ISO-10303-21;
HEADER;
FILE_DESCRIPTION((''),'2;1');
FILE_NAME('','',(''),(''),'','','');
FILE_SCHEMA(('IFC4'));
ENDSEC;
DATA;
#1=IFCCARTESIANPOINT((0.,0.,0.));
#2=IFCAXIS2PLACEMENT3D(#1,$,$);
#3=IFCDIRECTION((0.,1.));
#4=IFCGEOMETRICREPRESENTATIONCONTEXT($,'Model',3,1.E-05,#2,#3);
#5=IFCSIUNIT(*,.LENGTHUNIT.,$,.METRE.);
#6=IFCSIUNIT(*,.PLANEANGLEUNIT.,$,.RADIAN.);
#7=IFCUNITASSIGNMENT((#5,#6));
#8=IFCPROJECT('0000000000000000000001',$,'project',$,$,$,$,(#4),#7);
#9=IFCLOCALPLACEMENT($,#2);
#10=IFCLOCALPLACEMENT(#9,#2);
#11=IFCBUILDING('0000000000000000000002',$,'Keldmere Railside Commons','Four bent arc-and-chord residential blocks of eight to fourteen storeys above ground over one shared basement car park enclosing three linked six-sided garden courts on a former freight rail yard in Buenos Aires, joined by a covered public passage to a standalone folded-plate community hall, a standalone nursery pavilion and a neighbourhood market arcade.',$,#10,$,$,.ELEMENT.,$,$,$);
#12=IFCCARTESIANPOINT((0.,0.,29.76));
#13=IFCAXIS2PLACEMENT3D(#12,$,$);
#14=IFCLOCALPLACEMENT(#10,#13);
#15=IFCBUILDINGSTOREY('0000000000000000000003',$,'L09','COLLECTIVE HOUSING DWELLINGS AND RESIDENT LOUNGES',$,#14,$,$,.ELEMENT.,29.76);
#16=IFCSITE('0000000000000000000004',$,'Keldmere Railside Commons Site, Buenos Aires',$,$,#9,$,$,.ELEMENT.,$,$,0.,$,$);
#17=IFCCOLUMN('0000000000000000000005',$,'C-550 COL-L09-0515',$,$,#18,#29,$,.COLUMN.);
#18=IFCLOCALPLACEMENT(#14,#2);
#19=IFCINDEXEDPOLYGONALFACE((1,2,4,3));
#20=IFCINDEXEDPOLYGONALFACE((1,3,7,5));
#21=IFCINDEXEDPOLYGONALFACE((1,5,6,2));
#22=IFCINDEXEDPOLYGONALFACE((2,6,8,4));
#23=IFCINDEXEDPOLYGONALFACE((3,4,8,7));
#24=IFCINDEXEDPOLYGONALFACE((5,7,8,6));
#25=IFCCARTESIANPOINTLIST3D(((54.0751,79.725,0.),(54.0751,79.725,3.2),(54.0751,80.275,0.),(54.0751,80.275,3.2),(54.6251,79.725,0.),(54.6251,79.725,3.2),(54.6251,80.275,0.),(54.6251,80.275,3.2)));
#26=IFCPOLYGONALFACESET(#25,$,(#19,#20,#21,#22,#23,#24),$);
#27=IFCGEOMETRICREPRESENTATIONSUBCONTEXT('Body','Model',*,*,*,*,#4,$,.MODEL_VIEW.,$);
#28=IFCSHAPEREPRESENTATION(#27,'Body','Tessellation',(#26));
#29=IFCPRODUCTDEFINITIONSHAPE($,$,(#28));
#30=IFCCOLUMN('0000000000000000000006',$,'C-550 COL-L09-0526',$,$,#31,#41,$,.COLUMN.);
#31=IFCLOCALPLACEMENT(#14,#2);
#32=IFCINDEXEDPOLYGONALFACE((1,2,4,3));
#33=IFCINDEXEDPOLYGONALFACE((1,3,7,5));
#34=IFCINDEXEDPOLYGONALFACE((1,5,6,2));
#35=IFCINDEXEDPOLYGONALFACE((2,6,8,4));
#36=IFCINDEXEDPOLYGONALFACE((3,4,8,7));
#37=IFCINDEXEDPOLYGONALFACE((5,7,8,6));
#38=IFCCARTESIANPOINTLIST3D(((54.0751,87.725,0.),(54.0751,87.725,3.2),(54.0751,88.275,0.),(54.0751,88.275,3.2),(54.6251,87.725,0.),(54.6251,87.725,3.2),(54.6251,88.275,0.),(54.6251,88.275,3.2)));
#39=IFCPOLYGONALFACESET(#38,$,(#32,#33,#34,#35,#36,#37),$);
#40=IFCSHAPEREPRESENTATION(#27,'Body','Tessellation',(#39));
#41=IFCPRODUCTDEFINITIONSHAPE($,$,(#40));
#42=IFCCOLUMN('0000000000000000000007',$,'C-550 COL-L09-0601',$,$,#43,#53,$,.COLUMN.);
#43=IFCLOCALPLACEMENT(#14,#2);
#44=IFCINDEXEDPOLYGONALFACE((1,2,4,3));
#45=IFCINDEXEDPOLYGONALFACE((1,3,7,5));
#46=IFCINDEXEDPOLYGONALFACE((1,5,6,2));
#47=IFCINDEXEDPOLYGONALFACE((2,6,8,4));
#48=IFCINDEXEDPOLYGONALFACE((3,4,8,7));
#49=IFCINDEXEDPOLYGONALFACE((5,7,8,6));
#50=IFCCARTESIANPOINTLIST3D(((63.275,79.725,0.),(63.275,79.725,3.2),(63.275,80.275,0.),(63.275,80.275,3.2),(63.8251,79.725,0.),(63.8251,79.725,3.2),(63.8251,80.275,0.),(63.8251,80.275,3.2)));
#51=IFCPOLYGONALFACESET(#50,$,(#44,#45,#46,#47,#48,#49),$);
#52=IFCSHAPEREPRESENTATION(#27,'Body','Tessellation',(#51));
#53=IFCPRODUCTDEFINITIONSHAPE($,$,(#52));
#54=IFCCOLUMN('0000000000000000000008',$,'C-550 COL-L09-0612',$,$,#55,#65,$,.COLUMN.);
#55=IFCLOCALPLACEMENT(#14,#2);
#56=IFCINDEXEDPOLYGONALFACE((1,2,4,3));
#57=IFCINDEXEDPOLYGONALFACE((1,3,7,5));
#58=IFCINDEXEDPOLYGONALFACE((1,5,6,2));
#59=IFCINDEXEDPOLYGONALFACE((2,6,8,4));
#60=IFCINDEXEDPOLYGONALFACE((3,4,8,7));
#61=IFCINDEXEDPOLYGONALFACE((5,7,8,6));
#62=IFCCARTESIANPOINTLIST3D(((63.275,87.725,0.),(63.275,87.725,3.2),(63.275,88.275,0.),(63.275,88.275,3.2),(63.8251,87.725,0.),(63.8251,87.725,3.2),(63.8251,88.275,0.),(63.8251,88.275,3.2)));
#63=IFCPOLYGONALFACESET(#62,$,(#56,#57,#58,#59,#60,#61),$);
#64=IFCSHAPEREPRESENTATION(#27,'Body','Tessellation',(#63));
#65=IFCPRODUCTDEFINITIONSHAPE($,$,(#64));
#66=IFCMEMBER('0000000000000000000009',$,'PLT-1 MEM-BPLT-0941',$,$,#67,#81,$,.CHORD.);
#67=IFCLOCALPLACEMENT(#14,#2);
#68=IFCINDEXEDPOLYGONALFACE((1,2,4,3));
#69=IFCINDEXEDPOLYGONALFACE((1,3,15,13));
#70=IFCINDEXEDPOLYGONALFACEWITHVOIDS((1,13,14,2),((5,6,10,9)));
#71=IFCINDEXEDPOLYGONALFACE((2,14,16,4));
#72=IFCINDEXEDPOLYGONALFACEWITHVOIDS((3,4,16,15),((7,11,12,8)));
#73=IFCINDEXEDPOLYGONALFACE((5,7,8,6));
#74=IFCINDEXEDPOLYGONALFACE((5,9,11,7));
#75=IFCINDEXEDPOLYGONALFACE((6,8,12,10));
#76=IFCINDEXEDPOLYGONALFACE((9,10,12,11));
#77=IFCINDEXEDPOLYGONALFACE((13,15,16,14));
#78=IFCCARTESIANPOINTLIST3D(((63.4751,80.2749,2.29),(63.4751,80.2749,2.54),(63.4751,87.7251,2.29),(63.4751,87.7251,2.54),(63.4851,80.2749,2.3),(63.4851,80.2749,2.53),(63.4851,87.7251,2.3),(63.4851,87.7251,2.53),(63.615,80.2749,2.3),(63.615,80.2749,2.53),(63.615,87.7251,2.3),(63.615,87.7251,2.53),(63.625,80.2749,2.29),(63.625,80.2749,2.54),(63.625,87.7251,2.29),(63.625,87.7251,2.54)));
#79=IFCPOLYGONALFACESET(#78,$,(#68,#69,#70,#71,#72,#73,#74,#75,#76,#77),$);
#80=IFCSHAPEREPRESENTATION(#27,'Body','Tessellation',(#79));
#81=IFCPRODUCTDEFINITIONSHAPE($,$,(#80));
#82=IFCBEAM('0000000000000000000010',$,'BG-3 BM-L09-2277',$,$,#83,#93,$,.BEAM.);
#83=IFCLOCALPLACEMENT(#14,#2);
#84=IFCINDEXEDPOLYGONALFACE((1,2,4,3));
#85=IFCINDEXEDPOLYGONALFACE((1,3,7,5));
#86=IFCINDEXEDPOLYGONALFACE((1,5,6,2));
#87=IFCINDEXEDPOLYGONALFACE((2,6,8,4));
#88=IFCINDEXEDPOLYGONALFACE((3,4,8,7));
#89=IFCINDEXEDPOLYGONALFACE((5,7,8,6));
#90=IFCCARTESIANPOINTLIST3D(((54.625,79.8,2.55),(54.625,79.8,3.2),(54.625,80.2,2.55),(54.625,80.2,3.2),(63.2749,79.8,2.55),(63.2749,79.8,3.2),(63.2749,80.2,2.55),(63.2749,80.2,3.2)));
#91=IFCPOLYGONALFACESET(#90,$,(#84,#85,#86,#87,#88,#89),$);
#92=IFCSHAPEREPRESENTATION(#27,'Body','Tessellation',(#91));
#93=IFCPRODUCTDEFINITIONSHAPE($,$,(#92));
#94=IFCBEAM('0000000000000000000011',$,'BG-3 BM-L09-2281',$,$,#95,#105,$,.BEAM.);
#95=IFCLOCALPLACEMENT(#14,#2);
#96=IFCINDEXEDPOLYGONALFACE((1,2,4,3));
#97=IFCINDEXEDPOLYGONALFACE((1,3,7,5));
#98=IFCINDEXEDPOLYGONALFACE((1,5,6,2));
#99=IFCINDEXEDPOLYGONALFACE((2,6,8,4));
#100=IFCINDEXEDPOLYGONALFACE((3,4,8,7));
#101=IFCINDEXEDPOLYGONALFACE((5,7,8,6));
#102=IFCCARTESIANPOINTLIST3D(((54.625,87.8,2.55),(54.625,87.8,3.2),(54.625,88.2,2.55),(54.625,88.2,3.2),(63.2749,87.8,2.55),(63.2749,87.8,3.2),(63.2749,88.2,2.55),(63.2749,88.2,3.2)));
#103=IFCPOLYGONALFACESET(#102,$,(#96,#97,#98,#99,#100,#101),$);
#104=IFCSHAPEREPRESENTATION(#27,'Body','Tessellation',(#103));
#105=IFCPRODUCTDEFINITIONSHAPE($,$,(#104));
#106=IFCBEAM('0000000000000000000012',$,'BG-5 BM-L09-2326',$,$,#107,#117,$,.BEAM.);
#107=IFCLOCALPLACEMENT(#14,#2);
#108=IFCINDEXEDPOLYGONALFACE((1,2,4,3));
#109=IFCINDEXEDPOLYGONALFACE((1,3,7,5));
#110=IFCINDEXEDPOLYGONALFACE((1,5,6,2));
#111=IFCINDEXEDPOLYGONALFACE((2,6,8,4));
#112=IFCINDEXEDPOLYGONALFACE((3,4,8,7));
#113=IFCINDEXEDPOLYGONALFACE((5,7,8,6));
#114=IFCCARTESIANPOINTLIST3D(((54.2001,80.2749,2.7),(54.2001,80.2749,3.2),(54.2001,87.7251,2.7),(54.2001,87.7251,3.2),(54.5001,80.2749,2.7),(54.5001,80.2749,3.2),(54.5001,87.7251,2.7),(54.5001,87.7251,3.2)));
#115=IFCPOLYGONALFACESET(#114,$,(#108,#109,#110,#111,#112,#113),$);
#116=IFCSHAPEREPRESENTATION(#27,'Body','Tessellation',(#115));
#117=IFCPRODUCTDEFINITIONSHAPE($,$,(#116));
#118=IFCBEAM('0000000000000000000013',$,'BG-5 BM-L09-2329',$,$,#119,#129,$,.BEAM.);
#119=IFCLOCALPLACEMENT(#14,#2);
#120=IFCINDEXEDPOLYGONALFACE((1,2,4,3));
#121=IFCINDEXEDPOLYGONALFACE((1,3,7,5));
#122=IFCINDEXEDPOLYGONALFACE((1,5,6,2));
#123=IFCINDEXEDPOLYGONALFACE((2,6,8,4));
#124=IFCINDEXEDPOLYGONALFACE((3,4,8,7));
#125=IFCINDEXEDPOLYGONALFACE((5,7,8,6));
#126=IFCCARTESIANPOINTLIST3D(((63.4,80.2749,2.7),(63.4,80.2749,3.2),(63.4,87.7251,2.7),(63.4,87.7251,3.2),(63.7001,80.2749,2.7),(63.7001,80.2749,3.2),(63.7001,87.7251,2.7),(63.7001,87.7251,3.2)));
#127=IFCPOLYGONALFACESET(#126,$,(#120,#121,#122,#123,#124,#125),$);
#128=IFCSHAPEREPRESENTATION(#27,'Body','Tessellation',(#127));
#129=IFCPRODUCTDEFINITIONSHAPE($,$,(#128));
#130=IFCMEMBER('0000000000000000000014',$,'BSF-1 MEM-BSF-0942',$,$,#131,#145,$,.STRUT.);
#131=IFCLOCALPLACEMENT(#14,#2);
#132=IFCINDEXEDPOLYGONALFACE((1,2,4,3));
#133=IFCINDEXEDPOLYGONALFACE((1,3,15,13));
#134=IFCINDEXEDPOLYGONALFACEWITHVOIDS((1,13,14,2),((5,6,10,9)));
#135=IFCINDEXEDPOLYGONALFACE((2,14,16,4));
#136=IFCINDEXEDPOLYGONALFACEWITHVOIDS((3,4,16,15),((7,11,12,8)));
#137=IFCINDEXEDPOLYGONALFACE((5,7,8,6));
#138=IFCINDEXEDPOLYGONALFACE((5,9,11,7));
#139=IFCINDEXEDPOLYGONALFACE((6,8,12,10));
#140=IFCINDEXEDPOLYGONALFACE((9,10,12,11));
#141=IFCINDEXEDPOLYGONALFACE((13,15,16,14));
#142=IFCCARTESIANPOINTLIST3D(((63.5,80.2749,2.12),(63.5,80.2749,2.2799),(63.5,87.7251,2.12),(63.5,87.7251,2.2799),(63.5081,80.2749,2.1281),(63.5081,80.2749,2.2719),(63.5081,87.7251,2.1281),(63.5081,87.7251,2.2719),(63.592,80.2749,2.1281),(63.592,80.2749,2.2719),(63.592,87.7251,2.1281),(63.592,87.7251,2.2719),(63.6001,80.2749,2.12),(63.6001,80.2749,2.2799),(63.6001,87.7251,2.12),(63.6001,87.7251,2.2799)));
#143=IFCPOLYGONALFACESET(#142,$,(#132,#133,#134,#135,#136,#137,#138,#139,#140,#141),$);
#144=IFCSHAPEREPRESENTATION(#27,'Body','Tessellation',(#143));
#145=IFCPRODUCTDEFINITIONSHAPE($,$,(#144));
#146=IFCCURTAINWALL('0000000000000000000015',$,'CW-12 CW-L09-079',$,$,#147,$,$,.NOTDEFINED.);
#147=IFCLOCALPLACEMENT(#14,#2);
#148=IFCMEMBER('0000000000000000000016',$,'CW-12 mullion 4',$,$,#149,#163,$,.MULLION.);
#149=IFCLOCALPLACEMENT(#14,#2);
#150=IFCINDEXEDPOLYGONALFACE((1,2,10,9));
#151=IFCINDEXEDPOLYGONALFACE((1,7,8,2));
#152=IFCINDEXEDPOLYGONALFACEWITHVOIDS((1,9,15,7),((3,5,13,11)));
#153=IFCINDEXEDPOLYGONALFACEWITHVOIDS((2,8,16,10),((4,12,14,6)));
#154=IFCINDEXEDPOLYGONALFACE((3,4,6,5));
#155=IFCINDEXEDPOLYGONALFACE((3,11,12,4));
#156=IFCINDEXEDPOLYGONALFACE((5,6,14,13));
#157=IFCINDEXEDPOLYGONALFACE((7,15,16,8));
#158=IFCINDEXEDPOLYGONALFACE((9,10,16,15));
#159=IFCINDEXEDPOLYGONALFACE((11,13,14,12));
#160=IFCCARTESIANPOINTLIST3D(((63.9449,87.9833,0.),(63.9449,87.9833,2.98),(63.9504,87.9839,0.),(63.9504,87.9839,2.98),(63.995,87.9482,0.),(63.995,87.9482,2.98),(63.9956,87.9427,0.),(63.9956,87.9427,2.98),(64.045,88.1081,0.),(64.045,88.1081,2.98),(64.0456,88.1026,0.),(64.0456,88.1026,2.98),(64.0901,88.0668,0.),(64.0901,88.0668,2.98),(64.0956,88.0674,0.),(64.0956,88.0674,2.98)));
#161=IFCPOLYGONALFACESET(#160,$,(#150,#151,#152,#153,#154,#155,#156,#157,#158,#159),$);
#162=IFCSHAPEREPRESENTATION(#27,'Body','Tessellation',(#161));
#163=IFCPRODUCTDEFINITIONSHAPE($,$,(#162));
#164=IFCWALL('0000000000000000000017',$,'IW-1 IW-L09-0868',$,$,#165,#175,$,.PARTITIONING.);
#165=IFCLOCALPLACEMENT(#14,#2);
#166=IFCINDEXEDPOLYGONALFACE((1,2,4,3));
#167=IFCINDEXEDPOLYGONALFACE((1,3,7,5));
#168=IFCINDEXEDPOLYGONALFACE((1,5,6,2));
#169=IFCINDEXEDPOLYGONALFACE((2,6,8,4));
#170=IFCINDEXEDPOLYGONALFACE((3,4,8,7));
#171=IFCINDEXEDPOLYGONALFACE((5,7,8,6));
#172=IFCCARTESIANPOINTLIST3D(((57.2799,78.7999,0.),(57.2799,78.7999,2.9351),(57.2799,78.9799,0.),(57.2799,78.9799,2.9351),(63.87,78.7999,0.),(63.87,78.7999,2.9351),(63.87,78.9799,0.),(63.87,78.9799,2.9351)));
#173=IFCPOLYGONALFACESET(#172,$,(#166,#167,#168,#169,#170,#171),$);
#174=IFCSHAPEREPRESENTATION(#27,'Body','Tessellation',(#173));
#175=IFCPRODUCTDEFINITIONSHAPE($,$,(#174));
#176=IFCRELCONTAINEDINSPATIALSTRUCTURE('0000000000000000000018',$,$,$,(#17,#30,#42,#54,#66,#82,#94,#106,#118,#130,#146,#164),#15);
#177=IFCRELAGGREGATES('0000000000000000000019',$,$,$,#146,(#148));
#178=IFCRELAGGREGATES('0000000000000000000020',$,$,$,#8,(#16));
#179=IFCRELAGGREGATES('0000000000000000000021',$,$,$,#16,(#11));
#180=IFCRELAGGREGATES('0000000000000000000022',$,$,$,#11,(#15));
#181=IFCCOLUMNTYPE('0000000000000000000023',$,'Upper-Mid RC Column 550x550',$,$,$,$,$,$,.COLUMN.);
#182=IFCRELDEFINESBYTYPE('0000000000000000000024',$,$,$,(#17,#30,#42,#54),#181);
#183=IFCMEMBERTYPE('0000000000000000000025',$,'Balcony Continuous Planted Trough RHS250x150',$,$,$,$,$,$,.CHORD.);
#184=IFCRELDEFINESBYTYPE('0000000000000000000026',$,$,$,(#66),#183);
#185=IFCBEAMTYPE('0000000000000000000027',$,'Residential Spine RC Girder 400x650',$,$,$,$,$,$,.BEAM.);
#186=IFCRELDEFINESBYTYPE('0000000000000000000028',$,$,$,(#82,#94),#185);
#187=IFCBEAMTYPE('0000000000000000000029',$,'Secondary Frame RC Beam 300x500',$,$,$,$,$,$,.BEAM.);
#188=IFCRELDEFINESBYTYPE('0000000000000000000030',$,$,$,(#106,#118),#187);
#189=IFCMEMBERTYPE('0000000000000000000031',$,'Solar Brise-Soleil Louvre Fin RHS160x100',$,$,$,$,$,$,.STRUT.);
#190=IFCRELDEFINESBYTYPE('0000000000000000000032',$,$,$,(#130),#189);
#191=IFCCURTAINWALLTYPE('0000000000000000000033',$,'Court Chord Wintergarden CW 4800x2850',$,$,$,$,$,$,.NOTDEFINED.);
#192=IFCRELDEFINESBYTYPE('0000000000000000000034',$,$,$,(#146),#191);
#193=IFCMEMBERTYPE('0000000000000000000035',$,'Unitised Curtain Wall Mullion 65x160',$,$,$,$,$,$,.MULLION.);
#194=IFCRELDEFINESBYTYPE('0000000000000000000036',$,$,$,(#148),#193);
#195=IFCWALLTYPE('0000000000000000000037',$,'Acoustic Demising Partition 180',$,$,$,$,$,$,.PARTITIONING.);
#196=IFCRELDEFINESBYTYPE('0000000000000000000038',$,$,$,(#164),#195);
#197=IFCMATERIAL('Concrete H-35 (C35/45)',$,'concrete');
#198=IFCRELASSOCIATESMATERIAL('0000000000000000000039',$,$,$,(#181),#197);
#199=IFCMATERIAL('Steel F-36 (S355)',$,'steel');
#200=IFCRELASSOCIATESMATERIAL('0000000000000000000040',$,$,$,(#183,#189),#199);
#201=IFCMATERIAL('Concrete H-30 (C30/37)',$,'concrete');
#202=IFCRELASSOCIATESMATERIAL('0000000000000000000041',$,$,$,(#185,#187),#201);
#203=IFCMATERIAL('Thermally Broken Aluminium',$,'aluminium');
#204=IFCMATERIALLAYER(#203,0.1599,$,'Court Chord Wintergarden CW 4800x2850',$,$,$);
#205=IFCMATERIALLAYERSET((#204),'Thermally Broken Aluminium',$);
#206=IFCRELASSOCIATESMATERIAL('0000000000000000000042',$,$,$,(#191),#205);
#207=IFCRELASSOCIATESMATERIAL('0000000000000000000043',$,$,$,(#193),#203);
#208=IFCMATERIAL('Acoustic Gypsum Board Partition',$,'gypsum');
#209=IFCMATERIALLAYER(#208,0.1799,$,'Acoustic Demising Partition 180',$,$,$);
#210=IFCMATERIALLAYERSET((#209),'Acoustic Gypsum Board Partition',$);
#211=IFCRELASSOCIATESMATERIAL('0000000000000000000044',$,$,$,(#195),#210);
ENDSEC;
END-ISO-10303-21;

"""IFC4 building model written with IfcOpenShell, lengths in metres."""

from ifc_helpers import new_model, si_unit, direction, frame, frame_2d, origin, origin_2d, place, context, subcontext, project, spatial, rectangle, hollow_rectangle, extrude, material, layer, layer_set, material_profile, profile_set, type_object, element, aggregate, save


model = new_model("IFC4")

# Units and contexts
model_context = context("Model", 3, precision=1e-05, world=origin(), true_north=direction((0.0, 1.0)))
body_context = subcontext(model_context, "Body", "Model", "MODEL_VIEW")
ifc_project = project(units=[si_unit("LENGTHUNIT", "METRE"), si_unit("PLANEANGLEUNIT", "RADIAN")], contexts=[model_context])

# Site, building, storey
site_placement = place(None, origin())
site = spatial("IfcSite", under=ifc_project, at=site_placement, Name="Keldmere Railside Commons Site, Buenos Aires", CompositionType="ELEMENT", RefElevation=0.0)
building_placement = place(site_placement, origin())
building = spatial("IfcBuilding", under=site, at=building_placement, Name="Keldmere Railside Commons", Description="Four bent arc-and-chord residential blocks of eight to fourteen storeys above ground over one shared basement car park enclosing three linked six-sided garden courts on a former freight rail yard in Buenos Aires, joined by a covered public passage to a standalone folded-plate community hall, a standalone nursery pavilion and a neighbourhood market arcade.", CompositionType="ELEMENT")
storey_placement = place(building_placement, frame((0.0, 0.0, 29.76)))
storey = spatial("IfcBuildingStorey", under=building, at=storey_placement, Name="L09", Description="COLLECTIVE HOUSING DWELLINGS AND RESIDENT LOUNGES", CompositionType="ELEMENT", Elevation=29.76)

# Columns
ifc_material_1 = material(Name="Concrete H-35 (C35/45)", Category="concrete")
ifc_material_profile_1 = material_profile(ifc_material_1, rectangle(XDim=0.55, YDim=0.55, at=origin_2d()), Name="RC-550x550")
ifc_profile_set_1 = profile_set([ifc_material_profile_1], Name="Concrete H-35 (C35/45)")
column_type = type_object("IfcColumnType", Name="Upper-Mid RC Column 550x550", PredefinedType="COLUMN", material=ifc_profile_set_1)
for number, where, z_axis, x_axis, name in (
    (1, (54.3501, 80.0, 0.0), (0.0, 0.0, 1.0), (1.0, 0.0, 0.0), "C-550 COL-L09-0515"),
    (2, (54.3501, 88.0, 0.0), (0.0, 0.0, 1.0), (1.0, 0.0, 0.0), "C-550 COL-L09-0526"),
    (3, (63.55, 80.0, 0.0), (0.0, 0.0, 1.0), (1.0, 0.0, 0.0), "C-550 COL-L09-0601"),
    (4, (63.55, 88.0, 0.0), (0.0, 0.0, 1.0), (1.0, 0.0, 0.0), "C-550 COL-L09-0612"),
):
    element("IfcColumn", number, at=place(storey_placement, frame(where, z_axis=z_axis, x_axis=x_axis)), inside=storey, type_object=column_type, Name=name, PredefinedType="COLUMN", context=body_context, shape_type="SweptSolid", body=[
        extrude(rectangle(XDim=0.55, YDim=0.55, at=origin_2d()), origin(), (0.0, 0.0, 1.0), 3.2),
    ])

# Member
ifc_material_2 = material(Name="Steel F-36 (S355)", Category="steel")
ifc_material_profile_2 = material_profile(ifc_material_2, hollow_rectangle(XDim=0.1499, YDim=0.25, WallThickness=0.01, at=origin_2d()), Name="RHS-250x150x10")
ifc_profile_set_2 = profile_set([ifc_material_profile_2], Name="Steel F-36 (S355)")
member_type_1 = type_object("IfcMemberType", Name="Balcony Continuous Planted Trough RHS250x150", PredefinedType="CHORD", material=ifc_profile_set_2)
member_1_placement = place(storey_placement, frame((63.55, 80.2749, 2.415), z_axis=(0.0, 1.0, 0.0), x_axis=(-1.0, 0.0, 0.0)))
element("IfcMember", 5, at=member_1_placement, inside=storey, type_object=member_type_1, Name="PLT-1 MEM-BPLT-0941", PredefinedType="CHORD", context=body_context, shape_type="SweptSolid", body=[
    extrude(hollow_rectangle(XDim=0.1499, YDim=0.25, WallThickness=0.01, at=origin_2d()), origin(), (0.0, 0.0, 1.0), 7.4502),
])

# Beams
ifc_material_3 = material(Name="Concrete H-30 (C30/37)", Category="concrete")
ifc_material_profile_3 = material_profile(ifc_material_3, rectangle(XDim=0.3999, YDim=0.6499, at=origin_2d()), Name="RC-400x650")
ifc_profile_set_3 = profile_set([ifc_material_profile_3], Name="Concrete H-30 (C30/37)")
beam_type_1 = type_object("IfcBeamType", Name="Residential Spine RC Girder 400x650", PredefinedType="BEAM", material=ifc_profile_set_3)
for number, where, z_axis, x_axis, name in (
    (6, (54.625, 80.0, 2.875), (1.0, 0.0, 0.0), (0.0, 1.0, 0.0), "BG-3 BM-L09-2277"),
    (7, (54.625, 88.0, 2.875), (1.0, 0.0, 0.0), (0.0, 1.0, 0.0), "BG-3 BM-L09-2281"),
):
    element("IfcBeam", number, at=place(storey_placement, frame(where, z_axis=z_axis, x_axis=x_axis)), inside=storey, type_object=beam_type_1, Name=name, PredefinedType="BEAM", context=body_context, shape_type="SweptSolid", body=[
        extrude(rectangle(XDim=0.3999, YDim=0.6499, at=origin_2d()), origin(), (0.0, 0.0, 1.0), 8.6499),
    ])
ifc_material_profile_4 = material_profile(ifc_material_3, rectangle(XDim=0.3, YDim=0.5, at=origin_2d()), Name="RC-300x500")
ifc_profile_set_4 = profile_set([ifc_material_profile_4], Name="Concrete H-30 (C30/37)")
beam_type_2 = type_object("IfcBeamType", Name="Secondary Frame RC Beam 300x500", PredefinedType="BEAM", material=ifc_profile_set_4)
for number, where, z_axis, x_axis, name in (
    (8, (54.3501, 80.2749, 2.95), (0.0, 1.0, 0.0), (-1.0, 0.0, 0.0), "BG-5 BM-L09-2326"),
    (9, (63.55, 80.2749, 2.95), (0.0, 1.0, 0.0), (-1.0, 0.0, 0.0), "BG-5 BM-L09-2329"),
):
    element("IfcBeam", number, at=place(storey_placement, frame(where, z_axis=z_axis, x_axis=x_axis)), inside=storey, type_object=beam_type_2, Name=name, PredefinedType="BEAM", context=body_context, shape_type="SweptSolid", body=[
        extrude(rectangle(XDim=0.3, YDim=0.5, at=origin_2d()), origin(), (0.0, 0.0, 1.0), 7.4502),
    ])

# Member
ifc_material_profile_5 = material_profile(ifc_material_2, hollow_rectangle(XDim=0.1001, YDim=0.1599, WallThickness=0.0081, at=origin_2d()), Name="RHS-160x100x8")
ifc_profile_set_5 = profile_set([ifc_material_profile_5], Name="Steel F-36 (S355)")
member_type_2 = type_object("IfcMemberType", Name="Solar Brise-Soleil Louvre Fin RHS160x100", PredefinedType="STRUT", material=ifc_profile_set_5)
member_2_placement = place(storey_placement, frame((63.55, 80.2749, 2.2), z_axis=(0.0, 1.0, 0.0), x_axis=(-1.0, 0.0, 0.0)))
element("IfcMember", 10, at=member_2_placement, inside=storey, type_object=member_type_2, Name="BSF-1 MEM-BSF-0942", PredefinedType="STRUT", context=body_context, shape_type="SweptSolid", body=[
    extrude(hollow_rectangle(XDim=0.1001, YDim=0.1599, WallThickness=0.0081, at=origin_2d()), origin(), (0.0, 0.0, 1.0), 7.4502),
])

# Curtain wall, member
ifc_material_4 = material(Name="Thermally Broken Aluminium", Category="aluminium")
ifc_layer_1 = layer(ifc_material_4, 0.1599, Name="Court Chord Wintergarden CW 4800x2850")
ifc_layer_set_1 = layer_set([ifc_layer_1], Name="Thermally Broken Aluminium")
curtain_wall_type = type_object("IfcCurtainWallType", Name="Court Chord Wintergarden CW 4800x2850", PredefinedType="NOTDEFINED", material=ifc_layer_set_1)
curtain_wall_placement = place(storey_placement, origin())
curtain_wall = element("IfcCurtainWall", 11, at=curtain_wall_placement, inside=storey, type_object=curtain_wall_type, Name="CW-12 CW-L09-079", PredefinedType="NOTDEFINED")
ifc_material_profile_6 = material_profile(ifc_material_4, hollow_rectangle(XDim=0.0649, YDim=0.1599, WallThickness=0.0039, at=origin_2d()), Name="ALU-MULL-65x160")
ifc_profile_set_6 = profile_set([ifc_material_profile_6], Name="Thermally Broken Aluminium")
member_type_3 = type_object("IfcMemberType", Name="Unitised Curtain Wall Mullion 65x160", PredefinedType="MULLION", material=ifc_profile_set_6)
member_3_placement = place(storey_placement, frame((64.0203, 88.0254, 0.0), z_axis=(0.0, 0.0, 1.0), x_axis=(0.780009, -0.625768, 0.0)))
member_3 = element("IfcMember", 12, at=member_3_placement, type_object=member_type_3, Name="CW-12 mullion 4", PredefinedType="MULLION", context=body_context, shape_type="SweptSolid", body=[
    extrude(hollow_rectangle(XDim=0.0649, YDim=0.1599, WallThickness=0.0039, at=origin_2d()), origin(), (0.0, 0.0, 1.0), 2.98),
])
aggregate(curtain_wall, [member_3])

# Wall
ifc_material_5 = material(Name="Acoustic Gypsum Board Partition", Category="gypsum")
ifc_layer_2 = layer(ifc_material_5, 0.1799, Name="Acoustic Demising Partition 180")
ifc_layer_set_2 = layer_set([ifc_layer_2], Name="Acoustic Gypsum Board Partition")
wall_type_1 = type_object("IfcWallType", Name="Acoustic Demising Partition 180", PredefinedType="PARTITIONING", material=ifc_layer_set_2)
wall_1_placement = place(storey_placement, frame((57.28, 78.8899, 0.0), z_axis=(0.0, 0.0, 1.0), x_axis=(1.0, 0.0, 0.0)))
element("IfcWall", 13, at=wall_1_placement, inside=storey, type_object=wall_type_1, Name="IW-1 IW-L09-0868", PredefinedType="PARTITIONING", context=body_context, shape_type="SweptSolid", body=[
    extrude(rectangle(XDim=6.5901, YDim=0.1799, at=frame_2d((3.2949, 0.0))), origin(), (0.0, 0.0, 1.0), 2.9351),
])

save(model, "model.ifc")
